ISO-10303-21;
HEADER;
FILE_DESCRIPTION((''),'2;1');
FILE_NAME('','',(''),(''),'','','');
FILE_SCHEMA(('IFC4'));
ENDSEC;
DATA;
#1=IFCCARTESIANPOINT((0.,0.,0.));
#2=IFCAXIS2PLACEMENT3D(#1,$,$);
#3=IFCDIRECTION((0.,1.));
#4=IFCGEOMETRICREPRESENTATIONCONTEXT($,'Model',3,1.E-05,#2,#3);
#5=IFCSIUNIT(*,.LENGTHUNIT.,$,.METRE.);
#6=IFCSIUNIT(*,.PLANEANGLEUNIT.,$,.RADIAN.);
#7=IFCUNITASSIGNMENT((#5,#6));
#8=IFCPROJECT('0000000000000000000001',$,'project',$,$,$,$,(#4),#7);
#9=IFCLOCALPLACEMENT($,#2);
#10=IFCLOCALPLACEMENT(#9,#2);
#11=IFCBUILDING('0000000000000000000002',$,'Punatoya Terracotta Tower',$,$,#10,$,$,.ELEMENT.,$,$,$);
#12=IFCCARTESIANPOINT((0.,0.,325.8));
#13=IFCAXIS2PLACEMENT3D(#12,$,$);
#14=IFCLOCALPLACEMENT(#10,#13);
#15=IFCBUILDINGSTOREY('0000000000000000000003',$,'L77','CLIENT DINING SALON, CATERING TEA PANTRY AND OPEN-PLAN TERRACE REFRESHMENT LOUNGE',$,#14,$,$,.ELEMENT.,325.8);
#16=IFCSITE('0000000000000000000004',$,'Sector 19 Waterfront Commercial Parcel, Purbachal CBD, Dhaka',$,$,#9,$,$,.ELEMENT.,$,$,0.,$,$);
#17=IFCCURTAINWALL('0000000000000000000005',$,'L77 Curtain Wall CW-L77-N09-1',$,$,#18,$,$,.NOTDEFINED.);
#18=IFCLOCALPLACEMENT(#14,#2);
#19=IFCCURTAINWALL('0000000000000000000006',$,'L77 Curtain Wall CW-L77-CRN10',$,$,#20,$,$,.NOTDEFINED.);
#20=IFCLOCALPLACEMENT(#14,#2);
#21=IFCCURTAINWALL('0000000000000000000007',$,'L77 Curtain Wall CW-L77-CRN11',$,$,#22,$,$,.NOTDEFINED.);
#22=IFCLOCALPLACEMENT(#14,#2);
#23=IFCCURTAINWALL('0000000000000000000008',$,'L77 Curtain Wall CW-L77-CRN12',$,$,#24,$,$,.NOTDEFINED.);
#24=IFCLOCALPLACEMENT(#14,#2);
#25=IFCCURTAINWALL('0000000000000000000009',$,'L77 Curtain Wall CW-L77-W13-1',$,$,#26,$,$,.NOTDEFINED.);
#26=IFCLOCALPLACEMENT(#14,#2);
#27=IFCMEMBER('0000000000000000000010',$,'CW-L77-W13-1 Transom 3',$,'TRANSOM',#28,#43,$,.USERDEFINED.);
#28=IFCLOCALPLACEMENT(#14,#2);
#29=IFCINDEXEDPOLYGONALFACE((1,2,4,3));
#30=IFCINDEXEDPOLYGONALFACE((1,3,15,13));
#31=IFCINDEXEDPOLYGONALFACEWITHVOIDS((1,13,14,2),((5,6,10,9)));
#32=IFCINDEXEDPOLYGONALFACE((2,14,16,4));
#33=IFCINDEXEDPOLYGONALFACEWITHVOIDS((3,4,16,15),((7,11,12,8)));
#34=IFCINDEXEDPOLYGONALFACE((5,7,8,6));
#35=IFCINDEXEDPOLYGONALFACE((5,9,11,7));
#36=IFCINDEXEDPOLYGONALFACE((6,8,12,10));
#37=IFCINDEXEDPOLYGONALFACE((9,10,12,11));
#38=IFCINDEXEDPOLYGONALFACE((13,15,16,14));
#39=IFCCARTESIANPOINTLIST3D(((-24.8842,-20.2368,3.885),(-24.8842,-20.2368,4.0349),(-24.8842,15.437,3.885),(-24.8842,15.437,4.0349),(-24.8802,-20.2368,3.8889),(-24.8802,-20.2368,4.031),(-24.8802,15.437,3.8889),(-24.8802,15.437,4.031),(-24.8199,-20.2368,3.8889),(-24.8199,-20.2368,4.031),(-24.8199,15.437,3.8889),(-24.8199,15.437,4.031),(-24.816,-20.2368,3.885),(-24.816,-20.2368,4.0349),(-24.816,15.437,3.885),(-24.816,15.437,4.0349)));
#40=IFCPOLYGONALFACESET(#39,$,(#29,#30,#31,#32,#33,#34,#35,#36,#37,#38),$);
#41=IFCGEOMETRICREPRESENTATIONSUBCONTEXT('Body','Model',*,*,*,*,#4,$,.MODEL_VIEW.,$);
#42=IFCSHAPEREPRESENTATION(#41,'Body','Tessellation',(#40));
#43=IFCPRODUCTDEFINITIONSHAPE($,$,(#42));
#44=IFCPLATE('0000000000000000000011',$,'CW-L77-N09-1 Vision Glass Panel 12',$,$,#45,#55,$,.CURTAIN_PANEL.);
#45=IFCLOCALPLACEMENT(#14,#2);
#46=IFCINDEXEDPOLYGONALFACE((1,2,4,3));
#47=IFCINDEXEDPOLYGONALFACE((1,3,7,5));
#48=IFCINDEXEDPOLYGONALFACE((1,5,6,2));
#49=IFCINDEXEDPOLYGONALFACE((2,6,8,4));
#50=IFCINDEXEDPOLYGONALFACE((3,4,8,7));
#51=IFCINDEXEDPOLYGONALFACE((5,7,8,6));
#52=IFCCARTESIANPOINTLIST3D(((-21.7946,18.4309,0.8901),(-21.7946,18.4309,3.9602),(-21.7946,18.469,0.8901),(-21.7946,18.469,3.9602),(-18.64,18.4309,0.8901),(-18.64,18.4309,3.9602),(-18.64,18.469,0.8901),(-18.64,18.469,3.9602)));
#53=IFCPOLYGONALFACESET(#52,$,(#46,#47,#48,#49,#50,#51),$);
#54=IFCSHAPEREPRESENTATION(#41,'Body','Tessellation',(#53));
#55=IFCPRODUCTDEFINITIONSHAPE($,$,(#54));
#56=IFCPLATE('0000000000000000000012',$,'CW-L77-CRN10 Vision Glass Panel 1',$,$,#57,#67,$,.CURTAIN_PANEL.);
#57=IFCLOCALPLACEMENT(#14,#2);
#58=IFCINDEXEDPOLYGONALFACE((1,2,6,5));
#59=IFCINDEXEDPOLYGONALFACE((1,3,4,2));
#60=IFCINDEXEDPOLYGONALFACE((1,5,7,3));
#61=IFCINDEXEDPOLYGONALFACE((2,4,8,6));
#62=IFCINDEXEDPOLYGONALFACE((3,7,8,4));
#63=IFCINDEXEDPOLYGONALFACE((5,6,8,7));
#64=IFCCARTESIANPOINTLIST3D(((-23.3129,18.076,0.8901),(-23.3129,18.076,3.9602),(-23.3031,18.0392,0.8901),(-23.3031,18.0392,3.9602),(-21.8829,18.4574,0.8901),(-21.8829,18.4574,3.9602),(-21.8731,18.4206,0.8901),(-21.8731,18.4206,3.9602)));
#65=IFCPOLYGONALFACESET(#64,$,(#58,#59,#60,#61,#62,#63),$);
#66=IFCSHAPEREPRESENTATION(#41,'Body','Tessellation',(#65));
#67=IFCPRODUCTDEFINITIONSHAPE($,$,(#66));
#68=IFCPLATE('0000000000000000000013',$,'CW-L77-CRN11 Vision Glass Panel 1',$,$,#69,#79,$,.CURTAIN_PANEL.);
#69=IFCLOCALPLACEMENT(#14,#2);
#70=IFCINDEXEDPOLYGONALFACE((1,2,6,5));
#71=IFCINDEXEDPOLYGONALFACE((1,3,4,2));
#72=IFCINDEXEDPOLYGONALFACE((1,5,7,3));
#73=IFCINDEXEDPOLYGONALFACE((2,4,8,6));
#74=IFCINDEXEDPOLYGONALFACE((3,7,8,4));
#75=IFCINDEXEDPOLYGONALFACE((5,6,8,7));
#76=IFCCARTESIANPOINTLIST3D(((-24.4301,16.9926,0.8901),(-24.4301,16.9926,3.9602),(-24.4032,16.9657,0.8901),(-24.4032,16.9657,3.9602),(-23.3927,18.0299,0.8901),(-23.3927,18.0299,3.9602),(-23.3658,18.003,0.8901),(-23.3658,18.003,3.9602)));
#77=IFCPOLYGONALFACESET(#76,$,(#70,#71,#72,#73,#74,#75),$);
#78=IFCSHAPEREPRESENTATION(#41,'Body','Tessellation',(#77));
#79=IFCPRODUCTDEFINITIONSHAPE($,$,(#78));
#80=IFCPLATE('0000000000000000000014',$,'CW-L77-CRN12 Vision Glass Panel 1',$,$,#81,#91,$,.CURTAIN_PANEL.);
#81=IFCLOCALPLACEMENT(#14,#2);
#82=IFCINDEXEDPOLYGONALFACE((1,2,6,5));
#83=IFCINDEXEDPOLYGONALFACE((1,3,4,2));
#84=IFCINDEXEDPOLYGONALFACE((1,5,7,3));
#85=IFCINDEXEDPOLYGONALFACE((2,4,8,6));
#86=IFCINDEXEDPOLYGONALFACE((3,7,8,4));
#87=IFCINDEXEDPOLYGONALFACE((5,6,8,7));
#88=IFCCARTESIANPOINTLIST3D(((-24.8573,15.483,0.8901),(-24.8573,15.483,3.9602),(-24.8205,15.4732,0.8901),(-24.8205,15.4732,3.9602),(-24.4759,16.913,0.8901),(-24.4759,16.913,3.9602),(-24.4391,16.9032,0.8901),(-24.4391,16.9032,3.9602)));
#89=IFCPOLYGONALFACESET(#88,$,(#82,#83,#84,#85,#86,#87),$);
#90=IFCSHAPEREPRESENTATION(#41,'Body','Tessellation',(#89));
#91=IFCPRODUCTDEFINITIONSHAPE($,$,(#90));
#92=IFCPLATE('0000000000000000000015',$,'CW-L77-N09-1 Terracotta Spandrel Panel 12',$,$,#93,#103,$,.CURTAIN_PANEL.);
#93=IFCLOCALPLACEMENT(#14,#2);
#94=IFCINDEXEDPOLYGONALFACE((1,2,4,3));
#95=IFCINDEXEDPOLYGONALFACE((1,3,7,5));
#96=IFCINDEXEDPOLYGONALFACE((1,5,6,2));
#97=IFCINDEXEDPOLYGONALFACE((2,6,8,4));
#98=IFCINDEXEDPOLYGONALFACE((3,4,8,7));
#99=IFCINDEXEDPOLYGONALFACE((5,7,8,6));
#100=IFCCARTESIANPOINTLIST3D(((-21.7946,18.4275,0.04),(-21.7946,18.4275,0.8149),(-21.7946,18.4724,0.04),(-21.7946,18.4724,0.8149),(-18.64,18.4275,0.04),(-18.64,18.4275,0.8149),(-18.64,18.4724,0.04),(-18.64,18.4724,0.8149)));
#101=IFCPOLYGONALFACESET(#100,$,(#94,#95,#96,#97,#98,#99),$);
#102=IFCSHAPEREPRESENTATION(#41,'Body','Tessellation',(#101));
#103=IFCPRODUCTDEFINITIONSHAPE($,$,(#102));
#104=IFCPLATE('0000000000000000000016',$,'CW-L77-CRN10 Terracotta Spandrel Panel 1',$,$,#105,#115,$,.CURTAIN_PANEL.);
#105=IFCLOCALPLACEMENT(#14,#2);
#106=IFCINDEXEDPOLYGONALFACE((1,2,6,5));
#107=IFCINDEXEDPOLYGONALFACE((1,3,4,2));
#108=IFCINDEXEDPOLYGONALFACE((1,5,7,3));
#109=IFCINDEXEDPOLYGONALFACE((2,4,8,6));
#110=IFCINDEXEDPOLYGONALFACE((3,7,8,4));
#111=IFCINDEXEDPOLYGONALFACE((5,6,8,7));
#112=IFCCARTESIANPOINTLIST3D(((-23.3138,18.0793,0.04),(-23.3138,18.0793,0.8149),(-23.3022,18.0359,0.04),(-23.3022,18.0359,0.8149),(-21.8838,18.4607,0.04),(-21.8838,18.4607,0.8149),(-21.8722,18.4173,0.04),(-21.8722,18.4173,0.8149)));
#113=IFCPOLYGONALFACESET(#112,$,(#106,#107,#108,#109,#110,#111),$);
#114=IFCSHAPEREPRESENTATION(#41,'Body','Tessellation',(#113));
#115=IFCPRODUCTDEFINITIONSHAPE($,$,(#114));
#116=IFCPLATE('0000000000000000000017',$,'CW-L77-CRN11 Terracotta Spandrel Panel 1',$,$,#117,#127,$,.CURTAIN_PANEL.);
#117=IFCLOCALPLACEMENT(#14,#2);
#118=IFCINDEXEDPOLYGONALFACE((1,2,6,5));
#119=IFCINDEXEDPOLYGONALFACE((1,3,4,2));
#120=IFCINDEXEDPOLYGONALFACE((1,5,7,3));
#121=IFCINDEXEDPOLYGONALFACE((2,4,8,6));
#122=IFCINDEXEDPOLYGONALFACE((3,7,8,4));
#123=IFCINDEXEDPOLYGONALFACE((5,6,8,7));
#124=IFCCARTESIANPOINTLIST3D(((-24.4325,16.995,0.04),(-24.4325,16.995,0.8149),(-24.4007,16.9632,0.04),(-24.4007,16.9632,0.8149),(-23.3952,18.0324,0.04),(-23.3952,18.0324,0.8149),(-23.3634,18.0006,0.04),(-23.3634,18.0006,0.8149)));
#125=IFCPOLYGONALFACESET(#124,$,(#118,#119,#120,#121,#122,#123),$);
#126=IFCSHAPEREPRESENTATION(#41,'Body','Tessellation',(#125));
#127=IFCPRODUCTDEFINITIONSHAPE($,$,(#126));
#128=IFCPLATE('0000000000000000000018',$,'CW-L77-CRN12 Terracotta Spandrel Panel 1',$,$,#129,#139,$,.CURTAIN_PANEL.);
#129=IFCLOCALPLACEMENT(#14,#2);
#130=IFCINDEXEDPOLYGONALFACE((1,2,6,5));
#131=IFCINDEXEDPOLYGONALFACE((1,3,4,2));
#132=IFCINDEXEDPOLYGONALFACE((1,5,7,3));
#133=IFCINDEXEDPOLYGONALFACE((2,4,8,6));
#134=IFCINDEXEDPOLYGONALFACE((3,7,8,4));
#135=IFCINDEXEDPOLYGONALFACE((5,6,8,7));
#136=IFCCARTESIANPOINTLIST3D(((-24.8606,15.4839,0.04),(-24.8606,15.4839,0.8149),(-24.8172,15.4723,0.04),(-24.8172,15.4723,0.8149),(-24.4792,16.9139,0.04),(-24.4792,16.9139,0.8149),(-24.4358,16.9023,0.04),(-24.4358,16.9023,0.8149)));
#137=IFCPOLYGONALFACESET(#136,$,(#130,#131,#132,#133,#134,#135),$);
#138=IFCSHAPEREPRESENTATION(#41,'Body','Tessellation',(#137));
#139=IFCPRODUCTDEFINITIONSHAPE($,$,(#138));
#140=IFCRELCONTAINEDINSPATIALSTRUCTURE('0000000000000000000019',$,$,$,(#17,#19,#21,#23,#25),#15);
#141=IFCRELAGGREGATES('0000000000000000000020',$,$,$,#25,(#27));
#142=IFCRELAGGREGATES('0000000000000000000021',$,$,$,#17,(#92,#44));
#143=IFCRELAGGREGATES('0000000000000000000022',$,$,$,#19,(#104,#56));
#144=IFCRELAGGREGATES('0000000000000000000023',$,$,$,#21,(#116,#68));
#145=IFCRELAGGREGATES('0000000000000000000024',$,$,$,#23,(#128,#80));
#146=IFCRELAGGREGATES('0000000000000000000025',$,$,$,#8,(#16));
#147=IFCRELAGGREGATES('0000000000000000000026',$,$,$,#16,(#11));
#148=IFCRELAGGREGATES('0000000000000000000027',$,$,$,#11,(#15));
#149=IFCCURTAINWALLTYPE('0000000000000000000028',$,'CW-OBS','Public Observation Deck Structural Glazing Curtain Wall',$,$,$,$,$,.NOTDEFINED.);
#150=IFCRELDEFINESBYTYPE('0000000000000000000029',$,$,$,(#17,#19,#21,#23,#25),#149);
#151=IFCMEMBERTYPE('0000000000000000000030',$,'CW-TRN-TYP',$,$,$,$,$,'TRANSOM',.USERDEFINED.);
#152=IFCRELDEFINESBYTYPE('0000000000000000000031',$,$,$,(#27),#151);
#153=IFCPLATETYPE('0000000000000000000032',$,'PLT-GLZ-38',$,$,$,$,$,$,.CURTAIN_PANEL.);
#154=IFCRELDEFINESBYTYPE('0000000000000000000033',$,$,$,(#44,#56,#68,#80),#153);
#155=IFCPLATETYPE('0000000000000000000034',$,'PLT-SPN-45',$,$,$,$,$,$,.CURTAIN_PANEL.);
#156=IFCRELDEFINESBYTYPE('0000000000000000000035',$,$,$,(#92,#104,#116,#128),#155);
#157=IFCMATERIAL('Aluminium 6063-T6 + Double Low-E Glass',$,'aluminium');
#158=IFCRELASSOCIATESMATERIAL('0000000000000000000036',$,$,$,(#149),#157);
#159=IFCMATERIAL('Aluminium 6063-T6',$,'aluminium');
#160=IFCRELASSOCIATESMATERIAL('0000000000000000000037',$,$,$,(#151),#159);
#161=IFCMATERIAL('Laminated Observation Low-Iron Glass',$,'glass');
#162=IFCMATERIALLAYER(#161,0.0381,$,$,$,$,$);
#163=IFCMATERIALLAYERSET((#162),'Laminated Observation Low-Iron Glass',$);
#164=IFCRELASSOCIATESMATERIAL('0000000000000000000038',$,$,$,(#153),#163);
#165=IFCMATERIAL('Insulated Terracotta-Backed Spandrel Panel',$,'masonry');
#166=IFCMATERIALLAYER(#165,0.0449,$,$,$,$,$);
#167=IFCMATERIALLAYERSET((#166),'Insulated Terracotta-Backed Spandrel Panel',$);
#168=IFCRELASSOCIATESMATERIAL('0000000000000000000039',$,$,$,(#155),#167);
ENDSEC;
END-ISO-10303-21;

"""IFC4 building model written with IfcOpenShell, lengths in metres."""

from ifc_helpers import new_model, si_unit, direction, frame, origin, origin_2d, place, context, subcontext, project, spatial, rectangle, hollow_rectangle, extrude, material, layer, layer_set, material_profile, profile_set, type_object, element, aggregate, save


model = new_model("IFC4")

# Units and contexts
model_context = context("Model", 3, precision=1e-05, world=origin(), true_north=direction((0.0, 1.0)))
body_context = subcontext(model_context, "Body", "Model", "MODEL_VIEW")
ifc_project = project(units=[si_unit("LENGTHUNIT", "METRE"), si_unit("PLANEANGLEUNIT", "RADIAN")], contexts=[model_context])

# Site, building, storey
site_placement = place(None, origin())
site = spatial("IfcSite", under=ifc_project, at=site_placement, Name="Sector 19 Waterfront Commercial Parcel, Purbachal CBD, Dhaka", CompositionType="ELEMENT", RefElevation=0.0)
building_placement = place(site_placement, origin())
building = spatial("IfcBuilding", under=site, at=building_placement, Name="Punatoya Terracotta Tower", CompositionType="ELEMENT")
storey_placement = place(building_placement, frame((0.0, 0.0, 325.8)))
storey = spatial("IfcBuildingStorey", under=building, at=storey_placement, Name="L77", Description="CLIENT DINING SALON, CATERING TEA PANTRY AND OPEN-PLAN TERRACE REFRESHMENT LOUNGE", CompositionType="ELEMENT", Elevation=325.8)

# Curtain wall
ifc_material_1 = material(Name="Aluminium 6063-T6 + Double Low-E Glass", Category="aluminium")
curtain_wall_type = type_object("IfcCurtainWallType", Name="CW-OBS", Description="Public Observation Deck Structural Glazing Curtain Wall", PredefinedType="NOTDEFINED", material=ifc_material_1)
curtain_wall_1_placement = place(storey_placement, origin())
curtain_wall_1 = element("IfcCurtainWall", 1, at=curtain_wall_1_placement, inside=storey, type_object=curtain_wall_type, Name="L77 Curtain Wall CW-L77-N09-1", PredefinedType="NOTDEFINED")
ifc_material_2 = material(Name="Aluminium 6063-T6", Category="aluminium")

# Curtain walls
curtain_wall_2_placement = place(storey_placement, origin())
curtain_wall_2 = element("IfcCurtainWall", 2, at=curtain_wall_2_placement, inside=storey, type_object=curtain_wall_type, Name="L77 Curtain Wall CW-L77-CRN10", PredefinedType="NOTDEFINED")
curtain_wall_3_placement = place(storey_placement, origin())
curtain_wall_3 = element("IfcCurtainWall", 3, at=curtain_wall_3_placement, inside=storey, type_object=curtain_wall_type, Name="L77 Curtain Wall CW-L77-CRN11", PredefinedType="NOTDEFINED")
curtain_wall_4_placement = place(storey_placement, origin())
curtain_wall_4 = element("IfcCurtainWall", 4, at=curtain_wall_4_placement, inside=storey, type_object=curtain_wall_type, Name="L77 Curtain Wall CW-L77-CRN12", PredefinedType="NOTDEFINED")

# Shared definitions
ifc_material_profile_1 = material_profile(ifc_material_2, hollow_rectangle(XDim=0.0681, YDim=0.1499, WallThickness=0.0039, at=origin_2d()))
ifc_profile_set_1 = profile_set([ifc_material_profile_1], Name="Aluminium 6063-T6")
member_type_1 = type_object("IfcMemberType", Name="CW-TRN-TYP", ElementType="TRANSOM", PredefinedType="USERDEFINED", material=ifc_profile_set_1)

# Curtain wall, member
curtain_wall_5_placement = place(storey_placement, origin())
curtain_wall_5 = element("IfcCurtainWall", 5, at=curtain_wall_5_placement, inside=storey, type_object=curtain_wall_type, Name="L77 Curtain Wall CW-L77-W13-1", PredefinedType="NOTDEFINED")
member_1_placement = place(storey_placement, frame((-24.8501, 15.437, 3.96), z_axis=(0.0, -1.0, 0.0), x_axis=(1.0, 0.0, 0.0)))
member_1 = element("IfcMember", 6, at=member_1_placement, type_object=member_type_1, Name="CW-L77-W13-1 Transom 3", ObjectType="TRANSOM", PredefinedType="USERDEFINED", context=body_context, shape_type="SweptSolid", body=[
    extrude(hollow_rectangle(XDim=0.0681, YDim=0.1499, WallThickness=0.0039, at=origin_2d()), origin(), (0.0, 0.0, 1.0), 35.6738),
])
aggregate(curtain_wall_5, [member_1])

# Plates
ifc_material_3 = material(Name="Laminated Observation Low-Iron Glass", Category="glass")
ifc_layer_1 = layer(ifc_material_3, 0.0381)
ifc_layer_set_1 = layer_set([ifc_layer_1], Name="Laminated Observation Low-Iron Glass")
plate_type_1 = type_object("IfcPlateType", Name="PLT-GLZ-38", PredefinedType="CURTAIN_PANEL", material=ifc_layer_set_1)
plate_1_placement = place(storey_placement, frame((-20.2173, 18.45, 0.8901), z_axis=(0.0, 0.0, 1.0), x_axis=(-1.0, 0.0, 0.0)))
plate_1 = element("IfcPlate", 7, at=plate_1_placement, type_object=plate_type_1, Name="CW-L77-N09-1 Vision Glass Panel 12", PredefinedType="CURTAIN_PANEL", context=body_context, shape_type="SweptSolid", body=[
    extrude(rectangle(XDim=3.1545, YDim=0.0381, at=origin_2d()), origin(), (0.0, 0.0, 1.0), 3.0701),
])
plate_2_placement = place(storey_placement, frame((-22.593, 18.2483, 0.8901), z_axis=(0.0, 0.0, 1.0), x_axis=(-0.966214, -0.257742, 0.0)))
plate_2 = element("IfcPlate", 8, at=plate_2_placement, type_object=plate_type_1, Name="CW-L77-CRN10 Vision Glass Panel 1", PredefinedType="CURTAIN_PANEL", context=body_context, shape_type="SweptSolid", body=[
    extrude(rectangle(XDim=1.48, YDim=0.0381, at=origin_2d()), origin(), (0.0, 0.0, 1.0), 3.0701),
])
plate_3_placement = place(storey_placement, frame((-23.8979, 17.4978, 0.8901), z_axis=(0.0, 0.0, 1.0), x_axis=(-0.707107, -0.707107, 0.0)))
plate_3 = element("IfcPlate", 9, at=plate_3_placement, type_object=plate_type_1, Name="CW-L77-CRN11 Vision Glass Panel 1", PredefinedType="CURTAIN_PANEL", context=body_context, shape_type="SweptSolid", body=[
    extrude(rectangle(XDim=1.467, YDim=0.0381, at=origin_2d()), origin(), (0.0, 0.0, 1.0), 3.0701),
])
plate_4_placement = place(storey_placement, frame((-24.6482, 16.1931, 0.8901), z_axis=(0.0, 0.0, 1.0), x_axis=(-0.257742, -0.966214, 0.0)))
plate_4 = element("IfcPlate", 10, at=plate_4_placement, type_object=plate_type_1, Name="CW-L77-CRN12 Vision Glass Panel 1", PredefinedType="CURTAIN_PANEL", context=body_context, shape_type="SweptSolid", body=[
    extrude(rectangle(XDim=1.48, YDim=0.0381, at=origin_2d()), origin(), (0.0, 0.0, 1.0), 3.0701),
])
ifc_material_4 = material(Name="Insulated Terracotta-Backed Spandrel Panel", Category="masonry")
ifc_layer_2 = layer(ifc_material_4, 0.0449)
ifc_layer_set_2 = layer_set([ifc_layer_2], Name="Insulated Terracotta-Backed Spandrel Panel")
plate_type_2 = type_object("IfcPlateType", Name="PLT-SPN-45", PredefinedType="CURTAIN_PANEL", material=ifc_layer_set_2)
plate_5_placement = place(storey_placement, frame((-20.2173, 18.45, 0.04), z_axis=(0.0, 0.0, 1.0), x_axis=(-1.0, 0.0, 0.0)))
plate_5 = element("IfcPlate", 11, at=plate_5_placement, type_object=plate_type_2, Name="CW-L77-N09-1 Terracotta Spandrel Panel 12", PredefinedType="CURTAIN_PANEL", context=body_context, shape_type="SweptSolid", body=[
    extrude(rectangle(XDim=3.1545, YDim=0.0449, at=origin_2d()), origin(), (0.0, 0.0, 1.0), 0.7749),
])
aggregate(curtain_wall_1, [plate_5, plate_1])
plate_6_placement = place(storey_placement, frame((-22.593, 18.2483, 0.04), z_axis=(0.0, 0.0, 1.0), x_axis=(-0.966214, -0.257742, 0.0)))
plate_6 = element("IfcPlate", 12, at=plate_6_placement, type_object=plate_type_2, Name="CW-L77-CRN10 Terracotta Spandrel Panel 1", PredefinedType="CURTAIN_PANEL", context=body_context, shape_type="SweptSolid", body=[
    extrude(rectangle(XDim=1.48, YDim=0.0449, at=origin_2d()), origin(), (0.0, 0.0, 1.0), 0.7749),
])
aggregate(curtain_wall_2, [plate_6, plate_2])
plate_7_placement = place(storey_placement, frame((-23.8979, 17.4978, 0.04), z_axis=(0.0, 0.0, 1.0), x_axis=(-0.707107, -0.707107, 0.0)))
plate_7 = element("IfcPlate", 13, at=plate_7_placement, type_object=plate_type_2, Name="CW-L77-CRN11 Terracotta Spandrel Panel 1", PredefinedType="CURTAIN_PANEL", context=body_context, shape_type="SweptSolid", body=[
    extrude(rectangle(XDim=1.467, YDim=0.0449, at=origin_2d()), origin(), (0.0, 0.0, 1.0), 0.7749),
])
aggregate(curtain_wall_3, [plate_7, plate_3])
plate_8_placement = place(storey_placement, frame((-24.6482, 16.1931, 0.04), z_axis=(0.0, 0.0, 1.0), x_axis=(-0.257742, -0.966214, 0.0)))
plate_8 = element("IfcPlate", 14, at=plate_8_placement, type_object=plate_type_2, Name="CW-L77-CRN12 Terracotta Spandrel Panel 1", PredefinedType="CURTAIN_PANEL", context=body_context, shape_type="SweptSolid", body=[
    extrude(rectangle(XDim=1.48, YDim=0.0449, at=origin_2d()), origin(), (0.0, 0.0, 1.0), 0.7749),
])
aggregate(curtain_wall_4, [plate_8, plate_4])

save(model, "model.ifc")
